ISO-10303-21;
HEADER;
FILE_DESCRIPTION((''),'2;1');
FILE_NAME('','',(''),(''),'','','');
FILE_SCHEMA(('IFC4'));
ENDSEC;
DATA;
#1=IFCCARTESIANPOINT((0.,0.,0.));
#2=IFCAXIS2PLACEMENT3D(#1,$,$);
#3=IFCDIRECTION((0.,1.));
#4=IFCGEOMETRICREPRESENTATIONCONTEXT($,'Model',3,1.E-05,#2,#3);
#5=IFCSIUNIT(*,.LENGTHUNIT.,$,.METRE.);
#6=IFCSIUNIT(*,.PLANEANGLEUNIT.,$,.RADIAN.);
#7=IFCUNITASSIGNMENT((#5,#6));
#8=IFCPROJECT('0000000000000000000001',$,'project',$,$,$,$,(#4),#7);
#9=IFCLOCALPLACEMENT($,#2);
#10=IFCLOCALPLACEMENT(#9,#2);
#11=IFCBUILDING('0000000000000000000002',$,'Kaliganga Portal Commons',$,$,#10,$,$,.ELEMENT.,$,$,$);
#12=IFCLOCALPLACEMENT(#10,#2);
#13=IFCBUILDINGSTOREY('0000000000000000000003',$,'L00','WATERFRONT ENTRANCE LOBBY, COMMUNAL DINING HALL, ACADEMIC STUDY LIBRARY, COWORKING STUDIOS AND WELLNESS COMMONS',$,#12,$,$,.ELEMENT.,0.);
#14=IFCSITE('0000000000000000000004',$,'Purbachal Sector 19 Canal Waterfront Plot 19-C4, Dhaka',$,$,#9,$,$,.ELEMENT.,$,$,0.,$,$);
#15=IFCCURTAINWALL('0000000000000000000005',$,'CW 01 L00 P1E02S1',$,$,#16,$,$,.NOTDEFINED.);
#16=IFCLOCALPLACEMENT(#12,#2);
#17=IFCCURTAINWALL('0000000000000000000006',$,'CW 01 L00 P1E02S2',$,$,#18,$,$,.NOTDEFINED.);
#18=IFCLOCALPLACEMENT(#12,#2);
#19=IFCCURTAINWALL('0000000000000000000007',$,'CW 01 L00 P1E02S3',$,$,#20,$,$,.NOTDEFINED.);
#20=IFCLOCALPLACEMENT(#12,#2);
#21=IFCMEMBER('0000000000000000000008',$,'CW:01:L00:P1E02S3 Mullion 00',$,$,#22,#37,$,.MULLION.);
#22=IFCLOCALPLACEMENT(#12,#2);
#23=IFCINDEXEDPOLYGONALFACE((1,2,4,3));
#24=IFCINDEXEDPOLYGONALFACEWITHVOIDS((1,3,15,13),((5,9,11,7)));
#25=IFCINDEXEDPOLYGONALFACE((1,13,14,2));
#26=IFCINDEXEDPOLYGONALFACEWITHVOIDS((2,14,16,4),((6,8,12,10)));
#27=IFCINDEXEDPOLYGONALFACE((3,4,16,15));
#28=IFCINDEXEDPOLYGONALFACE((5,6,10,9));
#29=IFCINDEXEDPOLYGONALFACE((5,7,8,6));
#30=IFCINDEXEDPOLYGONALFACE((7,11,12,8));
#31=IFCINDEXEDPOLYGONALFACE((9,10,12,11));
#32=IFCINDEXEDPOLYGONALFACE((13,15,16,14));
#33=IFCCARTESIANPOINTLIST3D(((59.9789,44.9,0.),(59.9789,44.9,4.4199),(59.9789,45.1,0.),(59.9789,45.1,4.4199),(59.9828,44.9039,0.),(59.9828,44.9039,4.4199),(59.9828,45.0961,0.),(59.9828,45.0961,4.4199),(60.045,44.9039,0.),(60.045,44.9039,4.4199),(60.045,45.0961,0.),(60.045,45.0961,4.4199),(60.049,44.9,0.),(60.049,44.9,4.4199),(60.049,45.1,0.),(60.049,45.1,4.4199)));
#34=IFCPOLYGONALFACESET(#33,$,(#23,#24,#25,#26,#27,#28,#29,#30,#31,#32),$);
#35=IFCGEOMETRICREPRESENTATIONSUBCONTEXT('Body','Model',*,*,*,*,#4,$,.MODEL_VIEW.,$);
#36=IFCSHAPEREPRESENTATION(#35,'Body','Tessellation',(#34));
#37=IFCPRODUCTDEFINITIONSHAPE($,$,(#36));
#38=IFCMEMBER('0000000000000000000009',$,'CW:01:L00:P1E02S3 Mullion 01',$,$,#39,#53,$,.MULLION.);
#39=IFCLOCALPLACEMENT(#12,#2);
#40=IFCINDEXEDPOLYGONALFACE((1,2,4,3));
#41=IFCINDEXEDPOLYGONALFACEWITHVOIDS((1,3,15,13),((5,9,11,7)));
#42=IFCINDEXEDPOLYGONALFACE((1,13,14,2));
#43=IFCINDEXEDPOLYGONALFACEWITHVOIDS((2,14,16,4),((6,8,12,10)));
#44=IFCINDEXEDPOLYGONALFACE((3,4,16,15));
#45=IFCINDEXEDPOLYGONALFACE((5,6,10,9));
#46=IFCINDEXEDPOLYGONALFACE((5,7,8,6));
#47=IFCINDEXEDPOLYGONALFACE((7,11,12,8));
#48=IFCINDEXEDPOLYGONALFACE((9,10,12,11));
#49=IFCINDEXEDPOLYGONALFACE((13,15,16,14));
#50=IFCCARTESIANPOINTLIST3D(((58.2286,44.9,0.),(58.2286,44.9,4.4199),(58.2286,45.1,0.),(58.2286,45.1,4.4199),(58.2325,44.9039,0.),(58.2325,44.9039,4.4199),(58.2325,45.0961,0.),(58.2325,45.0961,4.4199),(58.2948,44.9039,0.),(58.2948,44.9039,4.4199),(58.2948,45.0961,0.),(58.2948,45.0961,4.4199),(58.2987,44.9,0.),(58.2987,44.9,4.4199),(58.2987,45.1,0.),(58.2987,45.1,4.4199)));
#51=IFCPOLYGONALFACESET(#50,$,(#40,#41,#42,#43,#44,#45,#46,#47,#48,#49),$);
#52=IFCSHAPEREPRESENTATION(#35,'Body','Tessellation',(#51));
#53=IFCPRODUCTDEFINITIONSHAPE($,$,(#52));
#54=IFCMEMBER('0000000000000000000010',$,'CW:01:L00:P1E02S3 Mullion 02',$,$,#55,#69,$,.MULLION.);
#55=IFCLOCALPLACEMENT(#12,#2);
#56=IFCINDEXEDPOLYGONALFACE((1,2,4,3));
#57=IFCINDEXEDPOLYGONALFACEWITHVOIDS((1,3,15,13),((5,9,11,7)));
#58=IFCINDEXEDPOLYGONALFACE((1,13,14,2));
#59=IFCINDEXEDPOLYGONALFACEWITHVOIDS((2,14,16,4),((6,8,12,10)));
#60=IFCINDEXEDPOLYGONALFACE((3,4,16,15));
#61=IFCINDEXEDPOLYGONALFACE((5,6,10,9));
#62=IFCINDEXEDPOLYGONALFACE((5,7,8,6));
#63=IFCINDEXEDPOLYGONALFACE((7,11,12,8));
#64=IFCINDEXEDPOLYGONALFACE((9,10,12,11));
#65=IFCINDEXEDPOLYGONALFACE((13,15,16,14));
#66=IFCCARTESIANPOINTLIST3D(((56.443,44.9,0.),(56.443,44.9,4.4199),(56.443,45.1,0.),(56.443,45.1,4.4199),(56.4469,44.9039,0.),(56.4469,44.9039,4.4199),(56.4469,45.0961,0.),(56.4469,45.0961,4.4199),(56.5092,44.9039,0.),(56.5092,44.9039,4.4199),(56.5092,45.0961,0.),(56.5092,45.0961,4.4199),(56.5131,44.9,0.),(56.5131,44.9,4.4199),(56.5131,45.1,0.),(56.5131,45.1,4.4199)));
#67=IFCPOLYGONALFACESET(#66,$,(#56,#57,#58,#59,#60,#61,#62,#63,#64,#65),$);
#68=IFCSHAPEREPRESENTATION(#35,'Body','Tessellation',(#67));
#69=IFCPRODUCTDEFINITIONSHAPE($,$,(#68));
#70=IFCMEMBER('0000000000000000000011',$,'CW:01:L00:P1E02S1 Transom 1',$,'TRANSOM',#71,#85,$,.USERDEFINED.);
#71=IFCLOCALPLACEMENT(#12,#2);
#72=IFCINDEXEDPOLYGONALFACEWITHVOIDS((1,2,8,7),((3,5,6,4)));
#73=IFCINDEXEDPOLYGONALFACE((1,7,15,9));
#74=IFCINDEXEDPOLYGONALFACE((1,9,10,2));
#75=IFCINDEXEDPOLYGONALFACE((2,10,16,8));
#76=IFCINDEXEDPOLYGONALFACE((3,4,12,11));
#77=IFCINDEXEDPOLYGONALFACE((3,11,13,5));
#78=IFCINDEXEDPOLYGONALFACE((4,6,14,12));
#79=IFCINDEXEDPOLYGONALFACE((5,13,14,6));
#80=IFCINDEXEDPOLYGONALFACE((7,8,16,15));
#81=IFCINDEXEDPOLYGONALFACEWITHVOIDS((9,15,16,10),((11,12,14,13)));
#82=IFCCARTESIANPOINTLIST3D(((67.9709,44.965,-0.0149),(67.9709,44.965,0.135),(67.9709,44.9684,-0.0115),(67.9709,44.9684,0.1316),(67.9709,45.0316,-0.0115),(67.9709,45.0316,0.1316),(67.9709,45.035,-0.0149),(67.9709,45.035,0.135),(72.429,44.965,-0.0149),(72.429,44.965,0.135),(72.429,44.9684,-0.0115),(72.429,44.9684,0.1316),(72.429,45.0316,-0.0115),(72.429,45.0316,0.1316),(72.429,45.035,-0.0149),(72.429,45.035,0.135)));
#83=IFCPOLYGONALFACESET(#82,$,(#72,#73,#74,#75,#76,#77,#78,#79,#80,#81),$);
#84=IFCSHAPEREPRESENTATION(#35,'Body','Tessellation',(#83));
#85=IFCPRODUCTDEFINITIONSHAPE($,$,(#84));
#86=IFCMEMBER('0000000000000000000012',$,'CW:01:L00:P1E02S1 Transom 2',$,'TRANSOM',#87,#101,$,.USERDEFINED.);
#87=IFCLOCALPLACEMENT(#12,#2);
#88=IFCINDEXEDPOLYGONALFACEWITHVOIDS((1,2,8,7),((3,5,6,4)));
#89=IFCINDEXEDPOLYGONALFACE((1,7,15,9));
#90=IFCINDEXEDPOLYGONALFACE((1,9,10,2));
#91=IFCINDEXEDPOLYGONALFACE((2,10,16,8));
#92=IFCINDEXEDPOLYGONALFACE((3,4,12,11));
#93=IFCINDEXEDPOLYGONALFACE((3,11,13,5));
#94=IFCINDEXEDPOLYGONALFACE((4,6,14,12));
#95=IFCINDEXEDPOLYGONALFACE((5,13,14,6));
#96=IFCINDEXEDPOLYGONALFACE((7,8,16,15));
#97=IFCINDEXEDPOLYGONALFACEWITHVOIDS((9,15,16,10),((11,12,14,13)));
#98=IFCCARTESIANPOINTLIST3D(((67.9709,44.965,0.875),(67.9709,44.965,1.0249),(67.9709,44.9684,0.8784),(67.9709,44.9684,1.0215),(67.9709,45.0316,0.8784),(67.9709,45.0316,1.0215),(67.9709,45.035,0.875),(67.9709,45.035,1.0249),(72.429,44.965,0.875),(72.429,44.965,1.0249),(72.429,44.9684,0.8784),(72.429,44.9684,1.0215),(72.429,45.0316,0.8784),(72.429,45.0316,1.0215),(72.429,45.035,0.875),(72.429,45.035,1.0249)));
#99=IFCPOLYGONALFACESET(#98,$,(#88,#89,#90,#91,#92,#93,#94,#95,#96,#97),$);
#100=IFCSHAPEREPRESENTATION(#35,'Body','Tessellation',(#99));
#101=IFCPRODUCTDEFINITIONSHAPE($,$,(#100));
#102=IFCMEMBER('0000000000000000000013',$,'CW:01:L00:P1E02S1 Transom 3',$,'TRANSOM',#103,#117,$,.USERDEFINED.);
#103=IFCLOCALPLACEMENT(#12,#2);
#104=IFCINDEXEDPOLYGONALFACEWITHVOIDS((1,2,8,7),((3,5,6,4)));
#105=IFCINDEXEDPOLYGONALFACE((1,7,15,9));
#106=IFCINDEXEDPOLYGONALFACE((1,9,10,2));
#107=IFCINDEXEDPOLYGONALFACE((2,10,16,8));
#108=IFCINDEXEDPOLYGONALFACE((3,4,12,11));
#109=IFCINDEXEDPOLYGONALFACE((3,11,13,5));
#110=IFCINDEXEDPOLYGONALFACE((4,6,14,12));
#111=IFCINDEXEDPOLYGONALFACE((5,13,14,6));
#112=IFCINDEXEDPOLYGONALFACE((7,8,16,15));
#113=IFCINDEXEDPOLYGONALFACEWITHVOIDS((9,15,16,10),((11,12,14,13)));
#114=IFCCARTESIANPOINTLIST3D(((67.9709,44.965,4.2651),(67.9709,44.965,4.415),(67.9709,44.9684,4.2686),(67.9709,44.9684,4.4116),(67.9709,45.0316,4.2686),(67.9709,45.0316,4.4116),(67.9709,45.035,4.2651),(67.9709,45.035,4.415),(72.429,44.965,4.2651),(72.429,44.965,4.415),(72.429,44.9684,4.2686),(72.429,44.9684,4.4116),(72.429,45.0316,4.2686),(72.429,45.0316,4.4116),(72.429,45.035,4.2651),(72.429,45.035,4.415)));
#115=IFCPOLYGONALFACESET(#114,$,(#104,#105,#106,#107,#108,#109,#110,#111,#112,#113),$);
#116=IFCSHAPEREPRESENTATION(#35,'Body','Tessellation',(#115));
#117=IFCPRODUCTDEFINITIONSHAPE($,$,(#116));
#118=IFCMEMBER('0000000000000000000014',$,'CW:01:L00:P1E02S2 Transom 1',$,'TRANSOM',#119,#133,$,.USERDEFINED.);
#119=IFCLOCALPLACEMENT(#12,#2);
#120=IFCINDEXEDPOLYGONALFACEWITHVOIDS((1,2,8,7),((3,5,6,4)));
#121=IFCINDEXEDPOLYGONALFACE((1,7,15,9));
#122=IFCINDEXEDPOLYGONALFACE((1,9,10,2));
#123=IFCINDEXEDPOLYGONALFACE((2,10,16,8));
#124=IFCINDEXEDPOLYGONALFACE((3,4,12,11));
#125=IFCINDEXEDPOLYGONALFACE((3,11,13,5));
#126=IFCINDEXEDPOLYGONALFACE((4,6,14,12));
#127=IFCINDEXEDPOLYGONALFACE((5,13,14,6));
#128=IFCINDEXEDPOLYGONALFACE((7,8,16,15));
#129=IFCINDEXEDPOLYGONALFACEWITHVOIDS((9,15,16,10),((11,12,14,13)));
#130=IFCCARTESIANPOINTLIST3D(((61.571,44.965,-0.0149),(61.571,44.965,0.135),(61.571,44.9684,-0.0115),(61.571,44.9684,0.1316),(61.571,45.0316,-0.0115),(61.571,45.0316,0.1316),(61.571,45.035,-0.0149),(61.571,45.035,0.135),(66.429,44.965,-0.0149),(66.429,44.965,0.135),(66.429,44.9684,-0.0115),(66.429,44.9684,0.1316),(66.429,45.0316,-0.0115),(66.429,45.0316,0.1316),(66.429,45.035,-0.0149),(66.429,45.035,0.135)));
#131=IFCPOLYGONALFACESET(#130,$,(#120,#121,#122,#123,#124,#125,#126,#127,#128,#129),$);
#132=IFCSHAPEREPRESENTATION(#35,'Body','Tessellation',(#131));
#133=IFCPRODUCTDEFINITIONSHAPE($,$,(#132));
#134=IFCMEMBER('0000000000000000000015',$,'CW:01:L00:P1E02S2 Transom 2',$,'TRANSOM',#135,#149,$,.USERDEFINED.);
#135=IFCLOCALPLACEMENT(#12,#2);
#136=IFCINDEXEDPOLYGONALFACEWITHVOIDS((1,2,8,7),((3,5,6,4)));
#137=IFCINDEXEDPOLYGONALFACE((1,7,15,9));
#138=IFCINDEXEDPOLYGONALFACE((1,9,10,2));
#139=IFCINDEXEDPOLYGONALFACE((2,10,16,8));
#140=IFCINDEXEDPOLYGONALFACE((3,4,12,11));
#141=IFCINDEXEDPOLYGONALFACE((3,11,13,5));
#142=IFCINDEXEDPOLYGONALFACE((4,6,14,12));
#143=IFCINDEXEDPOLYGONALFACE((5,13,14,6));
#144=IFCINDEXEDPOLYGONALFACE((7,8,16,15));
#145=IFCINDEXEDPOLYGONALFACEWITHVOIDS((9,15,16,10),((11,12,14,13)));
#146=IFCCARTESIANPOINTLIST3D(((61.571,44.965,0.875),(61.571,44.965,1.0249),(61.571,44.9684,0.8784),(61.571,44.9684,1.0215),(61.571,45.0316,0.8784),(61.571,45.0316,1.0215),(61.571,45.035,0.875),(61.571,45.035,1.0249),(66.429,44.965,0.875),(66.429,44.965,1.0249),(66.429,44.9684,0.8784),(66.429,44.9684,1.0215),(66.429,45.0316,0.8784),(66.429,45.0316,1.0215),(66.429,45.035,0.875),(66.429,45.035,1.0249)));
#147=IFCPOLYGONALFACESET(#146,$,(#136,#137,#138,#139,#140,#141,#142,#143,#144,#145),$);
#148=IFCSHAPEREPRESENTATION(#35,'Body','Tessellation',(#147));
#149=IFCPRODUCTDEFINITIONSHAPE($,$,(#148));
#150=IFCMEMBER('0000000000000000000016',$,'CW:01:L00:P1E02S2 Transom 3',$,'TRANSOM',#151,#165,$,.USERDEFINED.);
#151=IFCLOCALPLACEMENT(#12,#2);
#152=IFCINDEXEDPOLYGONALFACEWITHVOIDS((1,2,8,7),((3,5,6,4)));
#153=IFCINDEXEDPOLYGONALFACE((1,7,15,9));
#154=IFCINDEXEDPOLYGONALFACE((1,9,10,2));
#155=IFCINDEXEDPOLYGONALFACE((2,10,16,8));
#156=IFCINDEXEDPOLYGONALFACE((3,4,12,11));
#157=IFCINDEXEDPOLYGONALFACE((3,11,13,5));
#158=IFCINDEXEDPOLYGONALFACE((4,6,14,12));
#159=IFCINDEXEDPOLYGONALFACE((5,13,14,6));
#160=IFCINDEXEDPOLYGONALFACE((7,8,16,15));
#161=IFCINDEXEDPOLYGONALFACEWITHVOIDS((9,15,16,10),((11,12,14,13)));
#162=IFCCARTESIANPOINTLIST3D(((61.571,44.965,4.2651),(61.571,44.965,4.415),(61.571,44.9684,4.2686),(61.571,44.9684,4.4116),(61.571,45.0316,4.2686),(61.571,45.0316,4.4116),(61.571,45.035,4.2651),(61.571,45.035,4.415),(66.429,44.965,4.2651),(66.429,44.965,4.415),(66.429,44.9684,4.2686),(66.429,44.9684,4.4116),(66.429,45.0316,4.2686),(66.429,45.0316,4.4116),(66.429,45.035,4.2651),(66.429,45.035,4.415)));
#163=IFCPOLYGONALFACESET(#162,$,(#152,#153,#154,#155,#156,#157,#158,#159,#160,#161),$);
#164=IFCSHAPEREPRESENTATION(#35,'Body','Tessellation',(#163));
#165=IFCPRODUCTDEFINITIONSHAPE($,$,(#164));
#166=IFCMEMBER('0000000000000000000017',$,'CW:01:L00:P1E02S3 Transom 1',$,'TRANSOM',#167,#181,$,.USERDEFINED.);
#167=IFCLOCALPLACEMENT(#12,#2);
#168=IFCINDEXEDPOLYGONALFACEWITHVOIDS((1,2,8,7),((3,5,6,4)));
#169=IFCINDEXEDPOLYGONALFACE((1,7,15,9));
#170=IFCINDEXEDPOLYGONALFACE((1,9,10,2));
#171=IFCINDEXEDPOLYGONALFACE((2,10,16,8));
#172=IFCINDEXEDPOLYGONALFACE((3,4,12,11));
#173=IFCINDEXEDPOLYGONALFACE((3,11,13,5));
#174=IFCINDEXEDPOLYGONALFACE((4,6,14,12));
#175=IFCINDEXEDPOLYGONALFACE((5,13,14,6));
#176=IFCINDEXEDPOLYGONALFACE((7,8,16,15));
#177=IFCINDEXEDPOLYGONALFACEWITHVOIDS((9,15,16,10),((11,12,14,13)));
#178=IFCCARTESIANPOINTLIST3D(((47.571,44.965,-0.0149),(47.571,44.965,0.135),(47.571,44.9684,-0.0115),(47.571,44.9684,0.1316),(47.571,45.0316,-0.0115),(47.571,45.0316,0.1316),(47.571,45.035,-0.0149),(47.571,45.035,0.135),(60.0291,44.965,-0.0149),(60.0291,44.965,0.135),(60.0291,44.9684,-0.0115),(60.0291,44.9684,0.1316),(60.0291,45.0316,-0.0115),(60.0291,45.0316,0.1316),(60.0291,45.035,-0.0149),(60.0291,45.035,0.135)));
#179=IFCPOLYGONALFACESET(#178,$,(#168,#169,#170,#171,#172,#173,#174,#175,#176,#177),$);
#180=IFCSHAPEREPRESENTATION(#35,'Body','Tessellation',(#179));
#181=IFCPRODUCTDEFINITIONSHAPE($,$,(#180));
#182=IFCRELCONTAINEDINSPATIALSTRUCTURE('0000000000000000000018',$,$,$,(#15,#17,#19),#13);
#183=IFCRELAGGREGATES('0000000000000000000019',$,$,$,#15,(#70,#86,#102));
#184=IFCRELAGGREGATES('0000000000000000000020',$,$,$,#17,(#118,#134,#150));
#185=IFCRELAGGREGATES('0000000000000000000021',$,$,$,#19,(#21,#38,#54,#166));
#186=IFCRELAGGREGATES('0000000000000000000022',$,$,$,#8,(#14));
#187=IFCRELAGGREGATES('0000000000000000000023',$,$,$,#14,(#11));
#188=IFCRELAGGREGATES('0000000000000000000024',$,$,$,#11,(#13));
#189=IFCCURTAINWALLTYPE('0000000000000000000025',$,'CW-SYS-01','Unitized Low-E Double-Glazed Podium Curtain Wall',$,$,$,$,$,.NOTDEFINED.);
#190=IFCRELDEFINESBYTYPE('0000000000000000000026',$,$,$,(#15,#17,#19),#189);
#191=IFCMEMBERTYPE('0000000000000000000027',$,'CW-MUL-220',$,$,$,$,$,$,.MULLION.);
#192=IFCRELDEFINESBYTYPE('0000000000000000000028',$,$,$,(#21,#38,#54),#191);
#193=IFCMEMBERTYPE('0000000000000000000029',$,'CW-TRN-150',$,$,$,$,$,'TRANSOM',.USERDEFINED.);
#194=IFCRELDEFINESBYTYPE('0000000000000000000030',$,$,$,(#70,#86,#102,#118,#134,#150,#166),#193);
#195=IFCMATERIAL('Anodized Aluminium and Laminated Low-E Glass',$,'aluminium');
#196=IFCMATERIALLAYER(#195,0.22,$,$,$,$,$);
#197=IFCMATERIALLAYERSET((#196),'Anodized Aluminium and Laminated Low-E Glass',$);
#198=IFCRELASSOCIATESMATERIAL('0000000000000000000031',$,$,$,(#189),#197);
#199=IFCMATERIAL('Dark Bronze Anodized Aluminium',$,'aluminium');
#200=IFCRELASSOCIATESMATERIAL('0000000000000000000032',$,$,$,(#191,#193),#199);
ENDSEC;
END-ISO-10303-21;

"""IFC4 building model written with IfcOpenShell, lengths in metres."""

from ifc_helpers import new_model, si_unit, direction, frame, origin, origin_2d, place, context, subcontext, project, spatial, hollow_rectangle, extrude, source, transform, mapped, material, layer, layer_set, material_profile, profile_set, type_object, element, aggregate, save


model = new_model("IFC4")

# Units and contexts
model_context = context("Model", 3, precision=1e-05, world=origin(), true_north=direction((0.0, 1.0)))
body_context = subcontext(model_context, "Body", "Model", "MODEL_VIEW")
ifc_project = project(units=[si_unit("LENGTHUNIT", "METRE"), si_unit("PLANEANGLEUNIT", "RADIAN")], contexts=[model_context])

# Site, building, storey
site_placement = place(None, origin())
site = spatial("IfcSite", under=ifc_project, at=site_placement, Name="Purbachal Sector 19 Canal Waterfront Plot 19-C4, Dhaka", CompositionType="ELEMENT", RefElevation=0.0)
building_placement = place(site_placement, origin())
building = spatial("IfcBuilding", under=site, at=building_placement, Name="Kaliganga Portal Commons", CompositionType="ELEMENT")
storey_placement = place(building_placement, origin())
storey = spatial("IfcBuildingStorey", under=building, at=storey_placement, Name="L00", Description="WATERFRONT ENTRANCE LOBBY, COMMUNAL DINING HALL, ACADEMIC STUDY LIBRARY, COWORKING STUDIOS AND WELLNESS COMMONS", CompositionType="ELEMENT", Elevation=0.0)

# Curtain walls, members
ifc_material_1 = material(Name="Anodized Aluminium and Laminated Low-E Glass", Category="aluminium")
ifc_layer_1 = layer(ifc_material_1, 0.22)
ifc_layer_set_1 = layer_set([ifc_layer_1], Name="Anodized Aluminium and Laminated Low-E Glass")
curtain_wall_type = type_object("IfcCurtainWallType", Name="CW-SYS-01", Description="Unitized Low-E Double-Glazed Podium Curtain Wall", PredefinedType="NOTDEFINED", material=ifc_layer_set_1)
curtain_wall_1_placement = place(storey_placement, origin())
curtain_wall_1 = element("IfcCurtainWall", 1, at=curtain_wall_1_placement, inside=storey, type_object=curtain_wall_type, Name="CW 01 L00 P1E02S1", PredefinedType="NOTDEFINED")
ifc_material_2 = material(Name="Dark Bronze Anodized Aluminium", Category="aluminium")
ifc_material_profile_1 = material_profile(ifc_material_2, hollow_rectangle(XDim=0.0701, YDim=0.2, WallThickness=0.0039, at=origin_2d()), Name="ALU MULL 70x200x4")
ifc_profile_set_1 = profile_set([ifc_material_profile_1], Name="Dark Bronze Anodized Aluminium")
member_type_1 = type_object("IfcMemberType", Name="CW-MUL-220", PredefinedType="MULLION", material=ifc_profile_set_1)
shared_shape_1 = source(origin(), body_context, "Body", "SweptSolid", [
    extrude(hollow_rectangle(XDim=0.0701, YDim=0.2, WallThickness=0.0039, at=origin_2d()), origin(), (0.0, 0.0, 1.0), 4.4199),
])
curtain_wall_2_placement = place(storey_placement, origin())
curtain_wall_2 = element("IfcCurtainWall", 2, at=curtain_wall_2_placement, inside=storey, type_object=curtain_wall_type, Name="CW 01 L00 P1E02S2", PredefinedType="NOTDEFINED")
curtain_wall_3_placement = place(storey_placement, origin())
curtain_wall_3 = element("IfcCurtainWall", 3, at=curtain_wall_3_placement, inside=storey, type_object=curtain_wall_type, Name="CW 01 L00 P1E02S3", PredefinedType="NOTDEFINED")
member_1_placement = place(storey_placement, frame((60.0139, 45.0, 0.0), z_axis=(0.0, 0.0, 1.0), x_axis=(-1.0, 0.0, 0.0)))
member_1 = element("IfcMember", 4, at=member_1_placement, type_object=member_type_1, Name="CW:01:L00:P1E02S3 Mullion 00", PredefinedType="MULLION", context=body_context, shape_type="MappedRepresentation", body=[
    mapped(shared_shape_1, transform((0.0, 0.0, 0.0), x_axis=(1.0, 0.0, 0.0), y_axis=(0.0, 1.0, 0.0), z_axis=(0.0, 0.0, 1.0), scale=1.0)),
])
member_2_placement = place(storey_placement, frame((58.2637, 45.0, 0.0), z_axis=(0.0, 0.0, 1.0), x_axis=(-1.0, 0.0, 0.0)))
member_2 = element("IfcMember", 5, at=member_2_placement, type_object=member_type_1, Name="CW:01:L00:P1E02S3 Mullion 01", PredefinedType="MULLION", context=body_context, shape_type="MappedRepresentation", body=[
    mapped(shared_shape_1, transform((0.0, 0.0, 0.0), x_axis=(1.0, 0.0, 0.0), y_axis=(0.0, 1.0, 0.0), z_axis=(0.0, 0.0, 1.0), scale=1.0)),
])
member_3_placement = place(storey_placement, frame((56.478, 45.0, 0.0), z_axis=(0.0, 0.0, 1.0), x_axis=(-1.0, 0.0, 0.0)))
member_3 = element("IfcMember", 6, at=member_3_placement, type_object=member_type_1, Name="CW:01:L00:P1E02S3 Mullion 02", PredefinedType="MULLION", context=body_context, shape_type="MappedRepresentation", body=[
    mapped(shared_shape_1, transform((0.0, 0.0, 0.0), x_axis=(1.0, 0.0, 0.0), y_axis=(0.0, 1.0, 0.0), z_axis=(0.0, 0.0, 1.0), scale=1.0)),
])

# Members
ifc_material_profile_2 = material_profile(ifc_material_2, hollow_rectangle(XDim=0.0701, YDim=0.1499, WallThickness=0.0034, at=origin_2d()), Name="ALU TRAN 70x150x3.5")
ifc_profile_set_2 = profile_set([ifc_material_profile_2], Name="Dark Bronze Anodized Aluminium")
member_type_2 = type_object("IfcMemberType", Name="CW-TRN-150", ElementType="TRANSOM", PredefinedType="USERDEFINED", material=ifc_profile_set_2)
shared_shape_2 = source(origin(), body_context, "Body", "SweptSolid", [
    extrude(hollow_rectangle(XDim=0.0701, YDim=0.1499, WallThickness=0.0034, at=origin_2d()), origin(), (0.0, 0.0, 1.0), 4.458),
])
member_4_placement = place(storey_placement, frame((72.429, 45.0, 0.0601), z_axis=(-1.0, 0.0, 0.0), x_axis=(0.0, -1.0, 0.0)))
member_4 = element("IfcMember", 7, at=member_4_placement, type_object=member_type_2, Name="CW:01:L00:P1E02S1 Transom 1", ObjectType="TRANSOM", PredefinedType="USERDEFINED", context=body_context, shape_type="MappedRepresentation", body=[
    mapped(shared_shape_2, transform((0.0, 0.0, 0.0), x_axis=(1.0, 0.0, 0.0), y_axis=(0.0, 1.0, 0.0), z_axis=(0.0, 0.0, 1.0), scale=1.0)),
])
member_5_placement = place(storey_placement, frame((72.429, 45.0, 0.95), z_axis=(-1.0, 0.0, 0.0), x_axis=(0.0, -1.0, 0.0)))
member_5 = element("IfcMember", 8, at=member_5_placement, type_object=member_type_2, Name="CW:01:L00:P1E02S1 Transom 2", ObjectType="TRANSOM", PredefinedType="USERDEFINED", context=body_context, shape_type="MappedRepresentation", body=[
    mapped(shared_shape_2, transform((0.0, 0.0, 0.0), x_axis=(1.0, 0.0, 0.0), y_axis=(0.0, 1.0, 0.0), z_axis=(0.0, 0.0, 1.0), scale=1.0)),
])
member_6_placement = place(storey_placement, frame((72.429, 45.0, 4.3401), z_axis=(-1.0, 0.0, 0.0), x_axis=(0.0, -1.0, 0.0)))
member_6 = element("IfcMember", 9, at=member_6_placement, type_object=member_type_2, Name="CW:01:L00:P1E02S1 Transom 3", ObjectType="TRANSOM", PredefinedType="USERDEFINED", context=body_context, shape_type="MappedRepresentation", body=[
    mapped(shared_shape_2, transform((0.0, 0.0, 0.0), x_axis=(1.0, 0.0, 0.0), y_axis=(0.0, 1.0, 0.0), z_axis=(0.0, 0.0, 1.0), scale=1.0)),
])
shared_shape_3 = source(origin(), body_context, "Body", "SweptSolid", [
    extrude(hollow_rectangle(XDim=0.0701, YDim=0.1499, WallThickness=0.0034, at=origin_2d()), origin(), (0.0, 0.0, 1.0), 4.8579),
])
member_7_placement = place(storey_placement, frame((66.429, 45.0, 0.0601), z_axis=(-1.0, 0.0, 0.0), x_axis=(0.0, -1.0, 0.0)))
member_7 = element("IfcMember", 10, at=member_7_placement, type_object=member_type_2, Name="CW:01:L00:P1E02S2 Transom 1", ObjectType="TRANSOM", PredefinedType="USERDEFINED", context=body_context, shape_type="MappedRepresentation", body=[
    mapped(shared_shape_3, transform((0.0, 0.0, 0.0), x_axis=(1.0, 0.0, 0.0), y_axis=(0.0, 1.0, 0.0), z_axis=(0.0, 0.0, 1.0), scale=1.0)),
])
member_8_placement = place(storey_placement, frame((66.429, 45.0, 0.95), z_axis=(-1.0, 0.0, 0.0), x_axis=(0.0, -1.0, 0.0)))
member_8 = element("IfcMember", 11, at=member_8_placement, type_object=member_type_2, Name="CW:01:L00:P1E02S2 Transom 2", ObjectType="TRANSOM", PredefinedType="USERDEFINED", context=body_context, shape_type="MappedRepresentation", body=[
    mapped(shared_shape_3, transform((0.0, 0.0, 0.0), x_axis=(1.0, 0.0, 0.0), y_axis=(0.0, 1.0, 0.0), z_axis=(0.0, 0.0, 1.0), scale=1.0)),
])
member_9_placement = place(storey_placement, frame((66.429, 45.0, 4.3401), z_axis=(-1.0, 0.0, 0.0), x_axis=(0.0, -1.0, 0.0)))
member_9 = element("IfcMember", 12, at=member_9_placement, type_object=member_type_2, Name="CW:01:L00:P1E02S2 Transom 3", ObjectType="TRANSOM", PredefinedType="USERDEFINED", context=body_context, shape_type="MappedRepresentation", body=[
    mapped(shared_shape_3, transform((0.0, 0.0, 0.0), x_axis=(1.0, 0.0, 0.0), y_axis=(0.0, 1.0, 0.0), z_axis=(0.0, 0.0, 1.0), scale=1.0)),
])
shared_shape_4 = source(origin(), body_context, "Body", "SweptSolid", [
    extrude(hollow_rectangle(XDim=0.0701, YDim=0.1499, WallThickness=0.0034, at=origin_2d()), origin(), (0.0, 0.0, 1.0), 12.458),
])
member_10_placement = place(storey_placement, frame((60.0291, 45.0, 0.0601), z_axis=(-1.0, 0.0, 0.0), x_axis=(0.0, -1.0, 0.0)))
member_10 = element("IfcMember", 13, at=member_10_placement, type_object=member_type_2, Name="CW:01:L00:P1E02S3 Transom 1", ObjectType="TRANSOM", PredefinedType="USERDEFINED", context=body_context, shape_type="MappedRepresentation", body=[
    mapped(shared_shape_4, transform((0.0, 0.0, 0.0), x_axis=(1.0, 0.0, 0.0), y_axis=(0.0, 1.0, 0.0), z_axis=(0.0, 0.0, 1.0), scale=1.0)),
])

aggregate(curtain_wall_1, [member_4, member_5, member_6])
aggregate(curtain_wall_2, [member_7, member_8, member_9])
aggregate(curtain_wall_3, [member_1, member_2, member_3, member_10])

save(model, "model.ifc")
